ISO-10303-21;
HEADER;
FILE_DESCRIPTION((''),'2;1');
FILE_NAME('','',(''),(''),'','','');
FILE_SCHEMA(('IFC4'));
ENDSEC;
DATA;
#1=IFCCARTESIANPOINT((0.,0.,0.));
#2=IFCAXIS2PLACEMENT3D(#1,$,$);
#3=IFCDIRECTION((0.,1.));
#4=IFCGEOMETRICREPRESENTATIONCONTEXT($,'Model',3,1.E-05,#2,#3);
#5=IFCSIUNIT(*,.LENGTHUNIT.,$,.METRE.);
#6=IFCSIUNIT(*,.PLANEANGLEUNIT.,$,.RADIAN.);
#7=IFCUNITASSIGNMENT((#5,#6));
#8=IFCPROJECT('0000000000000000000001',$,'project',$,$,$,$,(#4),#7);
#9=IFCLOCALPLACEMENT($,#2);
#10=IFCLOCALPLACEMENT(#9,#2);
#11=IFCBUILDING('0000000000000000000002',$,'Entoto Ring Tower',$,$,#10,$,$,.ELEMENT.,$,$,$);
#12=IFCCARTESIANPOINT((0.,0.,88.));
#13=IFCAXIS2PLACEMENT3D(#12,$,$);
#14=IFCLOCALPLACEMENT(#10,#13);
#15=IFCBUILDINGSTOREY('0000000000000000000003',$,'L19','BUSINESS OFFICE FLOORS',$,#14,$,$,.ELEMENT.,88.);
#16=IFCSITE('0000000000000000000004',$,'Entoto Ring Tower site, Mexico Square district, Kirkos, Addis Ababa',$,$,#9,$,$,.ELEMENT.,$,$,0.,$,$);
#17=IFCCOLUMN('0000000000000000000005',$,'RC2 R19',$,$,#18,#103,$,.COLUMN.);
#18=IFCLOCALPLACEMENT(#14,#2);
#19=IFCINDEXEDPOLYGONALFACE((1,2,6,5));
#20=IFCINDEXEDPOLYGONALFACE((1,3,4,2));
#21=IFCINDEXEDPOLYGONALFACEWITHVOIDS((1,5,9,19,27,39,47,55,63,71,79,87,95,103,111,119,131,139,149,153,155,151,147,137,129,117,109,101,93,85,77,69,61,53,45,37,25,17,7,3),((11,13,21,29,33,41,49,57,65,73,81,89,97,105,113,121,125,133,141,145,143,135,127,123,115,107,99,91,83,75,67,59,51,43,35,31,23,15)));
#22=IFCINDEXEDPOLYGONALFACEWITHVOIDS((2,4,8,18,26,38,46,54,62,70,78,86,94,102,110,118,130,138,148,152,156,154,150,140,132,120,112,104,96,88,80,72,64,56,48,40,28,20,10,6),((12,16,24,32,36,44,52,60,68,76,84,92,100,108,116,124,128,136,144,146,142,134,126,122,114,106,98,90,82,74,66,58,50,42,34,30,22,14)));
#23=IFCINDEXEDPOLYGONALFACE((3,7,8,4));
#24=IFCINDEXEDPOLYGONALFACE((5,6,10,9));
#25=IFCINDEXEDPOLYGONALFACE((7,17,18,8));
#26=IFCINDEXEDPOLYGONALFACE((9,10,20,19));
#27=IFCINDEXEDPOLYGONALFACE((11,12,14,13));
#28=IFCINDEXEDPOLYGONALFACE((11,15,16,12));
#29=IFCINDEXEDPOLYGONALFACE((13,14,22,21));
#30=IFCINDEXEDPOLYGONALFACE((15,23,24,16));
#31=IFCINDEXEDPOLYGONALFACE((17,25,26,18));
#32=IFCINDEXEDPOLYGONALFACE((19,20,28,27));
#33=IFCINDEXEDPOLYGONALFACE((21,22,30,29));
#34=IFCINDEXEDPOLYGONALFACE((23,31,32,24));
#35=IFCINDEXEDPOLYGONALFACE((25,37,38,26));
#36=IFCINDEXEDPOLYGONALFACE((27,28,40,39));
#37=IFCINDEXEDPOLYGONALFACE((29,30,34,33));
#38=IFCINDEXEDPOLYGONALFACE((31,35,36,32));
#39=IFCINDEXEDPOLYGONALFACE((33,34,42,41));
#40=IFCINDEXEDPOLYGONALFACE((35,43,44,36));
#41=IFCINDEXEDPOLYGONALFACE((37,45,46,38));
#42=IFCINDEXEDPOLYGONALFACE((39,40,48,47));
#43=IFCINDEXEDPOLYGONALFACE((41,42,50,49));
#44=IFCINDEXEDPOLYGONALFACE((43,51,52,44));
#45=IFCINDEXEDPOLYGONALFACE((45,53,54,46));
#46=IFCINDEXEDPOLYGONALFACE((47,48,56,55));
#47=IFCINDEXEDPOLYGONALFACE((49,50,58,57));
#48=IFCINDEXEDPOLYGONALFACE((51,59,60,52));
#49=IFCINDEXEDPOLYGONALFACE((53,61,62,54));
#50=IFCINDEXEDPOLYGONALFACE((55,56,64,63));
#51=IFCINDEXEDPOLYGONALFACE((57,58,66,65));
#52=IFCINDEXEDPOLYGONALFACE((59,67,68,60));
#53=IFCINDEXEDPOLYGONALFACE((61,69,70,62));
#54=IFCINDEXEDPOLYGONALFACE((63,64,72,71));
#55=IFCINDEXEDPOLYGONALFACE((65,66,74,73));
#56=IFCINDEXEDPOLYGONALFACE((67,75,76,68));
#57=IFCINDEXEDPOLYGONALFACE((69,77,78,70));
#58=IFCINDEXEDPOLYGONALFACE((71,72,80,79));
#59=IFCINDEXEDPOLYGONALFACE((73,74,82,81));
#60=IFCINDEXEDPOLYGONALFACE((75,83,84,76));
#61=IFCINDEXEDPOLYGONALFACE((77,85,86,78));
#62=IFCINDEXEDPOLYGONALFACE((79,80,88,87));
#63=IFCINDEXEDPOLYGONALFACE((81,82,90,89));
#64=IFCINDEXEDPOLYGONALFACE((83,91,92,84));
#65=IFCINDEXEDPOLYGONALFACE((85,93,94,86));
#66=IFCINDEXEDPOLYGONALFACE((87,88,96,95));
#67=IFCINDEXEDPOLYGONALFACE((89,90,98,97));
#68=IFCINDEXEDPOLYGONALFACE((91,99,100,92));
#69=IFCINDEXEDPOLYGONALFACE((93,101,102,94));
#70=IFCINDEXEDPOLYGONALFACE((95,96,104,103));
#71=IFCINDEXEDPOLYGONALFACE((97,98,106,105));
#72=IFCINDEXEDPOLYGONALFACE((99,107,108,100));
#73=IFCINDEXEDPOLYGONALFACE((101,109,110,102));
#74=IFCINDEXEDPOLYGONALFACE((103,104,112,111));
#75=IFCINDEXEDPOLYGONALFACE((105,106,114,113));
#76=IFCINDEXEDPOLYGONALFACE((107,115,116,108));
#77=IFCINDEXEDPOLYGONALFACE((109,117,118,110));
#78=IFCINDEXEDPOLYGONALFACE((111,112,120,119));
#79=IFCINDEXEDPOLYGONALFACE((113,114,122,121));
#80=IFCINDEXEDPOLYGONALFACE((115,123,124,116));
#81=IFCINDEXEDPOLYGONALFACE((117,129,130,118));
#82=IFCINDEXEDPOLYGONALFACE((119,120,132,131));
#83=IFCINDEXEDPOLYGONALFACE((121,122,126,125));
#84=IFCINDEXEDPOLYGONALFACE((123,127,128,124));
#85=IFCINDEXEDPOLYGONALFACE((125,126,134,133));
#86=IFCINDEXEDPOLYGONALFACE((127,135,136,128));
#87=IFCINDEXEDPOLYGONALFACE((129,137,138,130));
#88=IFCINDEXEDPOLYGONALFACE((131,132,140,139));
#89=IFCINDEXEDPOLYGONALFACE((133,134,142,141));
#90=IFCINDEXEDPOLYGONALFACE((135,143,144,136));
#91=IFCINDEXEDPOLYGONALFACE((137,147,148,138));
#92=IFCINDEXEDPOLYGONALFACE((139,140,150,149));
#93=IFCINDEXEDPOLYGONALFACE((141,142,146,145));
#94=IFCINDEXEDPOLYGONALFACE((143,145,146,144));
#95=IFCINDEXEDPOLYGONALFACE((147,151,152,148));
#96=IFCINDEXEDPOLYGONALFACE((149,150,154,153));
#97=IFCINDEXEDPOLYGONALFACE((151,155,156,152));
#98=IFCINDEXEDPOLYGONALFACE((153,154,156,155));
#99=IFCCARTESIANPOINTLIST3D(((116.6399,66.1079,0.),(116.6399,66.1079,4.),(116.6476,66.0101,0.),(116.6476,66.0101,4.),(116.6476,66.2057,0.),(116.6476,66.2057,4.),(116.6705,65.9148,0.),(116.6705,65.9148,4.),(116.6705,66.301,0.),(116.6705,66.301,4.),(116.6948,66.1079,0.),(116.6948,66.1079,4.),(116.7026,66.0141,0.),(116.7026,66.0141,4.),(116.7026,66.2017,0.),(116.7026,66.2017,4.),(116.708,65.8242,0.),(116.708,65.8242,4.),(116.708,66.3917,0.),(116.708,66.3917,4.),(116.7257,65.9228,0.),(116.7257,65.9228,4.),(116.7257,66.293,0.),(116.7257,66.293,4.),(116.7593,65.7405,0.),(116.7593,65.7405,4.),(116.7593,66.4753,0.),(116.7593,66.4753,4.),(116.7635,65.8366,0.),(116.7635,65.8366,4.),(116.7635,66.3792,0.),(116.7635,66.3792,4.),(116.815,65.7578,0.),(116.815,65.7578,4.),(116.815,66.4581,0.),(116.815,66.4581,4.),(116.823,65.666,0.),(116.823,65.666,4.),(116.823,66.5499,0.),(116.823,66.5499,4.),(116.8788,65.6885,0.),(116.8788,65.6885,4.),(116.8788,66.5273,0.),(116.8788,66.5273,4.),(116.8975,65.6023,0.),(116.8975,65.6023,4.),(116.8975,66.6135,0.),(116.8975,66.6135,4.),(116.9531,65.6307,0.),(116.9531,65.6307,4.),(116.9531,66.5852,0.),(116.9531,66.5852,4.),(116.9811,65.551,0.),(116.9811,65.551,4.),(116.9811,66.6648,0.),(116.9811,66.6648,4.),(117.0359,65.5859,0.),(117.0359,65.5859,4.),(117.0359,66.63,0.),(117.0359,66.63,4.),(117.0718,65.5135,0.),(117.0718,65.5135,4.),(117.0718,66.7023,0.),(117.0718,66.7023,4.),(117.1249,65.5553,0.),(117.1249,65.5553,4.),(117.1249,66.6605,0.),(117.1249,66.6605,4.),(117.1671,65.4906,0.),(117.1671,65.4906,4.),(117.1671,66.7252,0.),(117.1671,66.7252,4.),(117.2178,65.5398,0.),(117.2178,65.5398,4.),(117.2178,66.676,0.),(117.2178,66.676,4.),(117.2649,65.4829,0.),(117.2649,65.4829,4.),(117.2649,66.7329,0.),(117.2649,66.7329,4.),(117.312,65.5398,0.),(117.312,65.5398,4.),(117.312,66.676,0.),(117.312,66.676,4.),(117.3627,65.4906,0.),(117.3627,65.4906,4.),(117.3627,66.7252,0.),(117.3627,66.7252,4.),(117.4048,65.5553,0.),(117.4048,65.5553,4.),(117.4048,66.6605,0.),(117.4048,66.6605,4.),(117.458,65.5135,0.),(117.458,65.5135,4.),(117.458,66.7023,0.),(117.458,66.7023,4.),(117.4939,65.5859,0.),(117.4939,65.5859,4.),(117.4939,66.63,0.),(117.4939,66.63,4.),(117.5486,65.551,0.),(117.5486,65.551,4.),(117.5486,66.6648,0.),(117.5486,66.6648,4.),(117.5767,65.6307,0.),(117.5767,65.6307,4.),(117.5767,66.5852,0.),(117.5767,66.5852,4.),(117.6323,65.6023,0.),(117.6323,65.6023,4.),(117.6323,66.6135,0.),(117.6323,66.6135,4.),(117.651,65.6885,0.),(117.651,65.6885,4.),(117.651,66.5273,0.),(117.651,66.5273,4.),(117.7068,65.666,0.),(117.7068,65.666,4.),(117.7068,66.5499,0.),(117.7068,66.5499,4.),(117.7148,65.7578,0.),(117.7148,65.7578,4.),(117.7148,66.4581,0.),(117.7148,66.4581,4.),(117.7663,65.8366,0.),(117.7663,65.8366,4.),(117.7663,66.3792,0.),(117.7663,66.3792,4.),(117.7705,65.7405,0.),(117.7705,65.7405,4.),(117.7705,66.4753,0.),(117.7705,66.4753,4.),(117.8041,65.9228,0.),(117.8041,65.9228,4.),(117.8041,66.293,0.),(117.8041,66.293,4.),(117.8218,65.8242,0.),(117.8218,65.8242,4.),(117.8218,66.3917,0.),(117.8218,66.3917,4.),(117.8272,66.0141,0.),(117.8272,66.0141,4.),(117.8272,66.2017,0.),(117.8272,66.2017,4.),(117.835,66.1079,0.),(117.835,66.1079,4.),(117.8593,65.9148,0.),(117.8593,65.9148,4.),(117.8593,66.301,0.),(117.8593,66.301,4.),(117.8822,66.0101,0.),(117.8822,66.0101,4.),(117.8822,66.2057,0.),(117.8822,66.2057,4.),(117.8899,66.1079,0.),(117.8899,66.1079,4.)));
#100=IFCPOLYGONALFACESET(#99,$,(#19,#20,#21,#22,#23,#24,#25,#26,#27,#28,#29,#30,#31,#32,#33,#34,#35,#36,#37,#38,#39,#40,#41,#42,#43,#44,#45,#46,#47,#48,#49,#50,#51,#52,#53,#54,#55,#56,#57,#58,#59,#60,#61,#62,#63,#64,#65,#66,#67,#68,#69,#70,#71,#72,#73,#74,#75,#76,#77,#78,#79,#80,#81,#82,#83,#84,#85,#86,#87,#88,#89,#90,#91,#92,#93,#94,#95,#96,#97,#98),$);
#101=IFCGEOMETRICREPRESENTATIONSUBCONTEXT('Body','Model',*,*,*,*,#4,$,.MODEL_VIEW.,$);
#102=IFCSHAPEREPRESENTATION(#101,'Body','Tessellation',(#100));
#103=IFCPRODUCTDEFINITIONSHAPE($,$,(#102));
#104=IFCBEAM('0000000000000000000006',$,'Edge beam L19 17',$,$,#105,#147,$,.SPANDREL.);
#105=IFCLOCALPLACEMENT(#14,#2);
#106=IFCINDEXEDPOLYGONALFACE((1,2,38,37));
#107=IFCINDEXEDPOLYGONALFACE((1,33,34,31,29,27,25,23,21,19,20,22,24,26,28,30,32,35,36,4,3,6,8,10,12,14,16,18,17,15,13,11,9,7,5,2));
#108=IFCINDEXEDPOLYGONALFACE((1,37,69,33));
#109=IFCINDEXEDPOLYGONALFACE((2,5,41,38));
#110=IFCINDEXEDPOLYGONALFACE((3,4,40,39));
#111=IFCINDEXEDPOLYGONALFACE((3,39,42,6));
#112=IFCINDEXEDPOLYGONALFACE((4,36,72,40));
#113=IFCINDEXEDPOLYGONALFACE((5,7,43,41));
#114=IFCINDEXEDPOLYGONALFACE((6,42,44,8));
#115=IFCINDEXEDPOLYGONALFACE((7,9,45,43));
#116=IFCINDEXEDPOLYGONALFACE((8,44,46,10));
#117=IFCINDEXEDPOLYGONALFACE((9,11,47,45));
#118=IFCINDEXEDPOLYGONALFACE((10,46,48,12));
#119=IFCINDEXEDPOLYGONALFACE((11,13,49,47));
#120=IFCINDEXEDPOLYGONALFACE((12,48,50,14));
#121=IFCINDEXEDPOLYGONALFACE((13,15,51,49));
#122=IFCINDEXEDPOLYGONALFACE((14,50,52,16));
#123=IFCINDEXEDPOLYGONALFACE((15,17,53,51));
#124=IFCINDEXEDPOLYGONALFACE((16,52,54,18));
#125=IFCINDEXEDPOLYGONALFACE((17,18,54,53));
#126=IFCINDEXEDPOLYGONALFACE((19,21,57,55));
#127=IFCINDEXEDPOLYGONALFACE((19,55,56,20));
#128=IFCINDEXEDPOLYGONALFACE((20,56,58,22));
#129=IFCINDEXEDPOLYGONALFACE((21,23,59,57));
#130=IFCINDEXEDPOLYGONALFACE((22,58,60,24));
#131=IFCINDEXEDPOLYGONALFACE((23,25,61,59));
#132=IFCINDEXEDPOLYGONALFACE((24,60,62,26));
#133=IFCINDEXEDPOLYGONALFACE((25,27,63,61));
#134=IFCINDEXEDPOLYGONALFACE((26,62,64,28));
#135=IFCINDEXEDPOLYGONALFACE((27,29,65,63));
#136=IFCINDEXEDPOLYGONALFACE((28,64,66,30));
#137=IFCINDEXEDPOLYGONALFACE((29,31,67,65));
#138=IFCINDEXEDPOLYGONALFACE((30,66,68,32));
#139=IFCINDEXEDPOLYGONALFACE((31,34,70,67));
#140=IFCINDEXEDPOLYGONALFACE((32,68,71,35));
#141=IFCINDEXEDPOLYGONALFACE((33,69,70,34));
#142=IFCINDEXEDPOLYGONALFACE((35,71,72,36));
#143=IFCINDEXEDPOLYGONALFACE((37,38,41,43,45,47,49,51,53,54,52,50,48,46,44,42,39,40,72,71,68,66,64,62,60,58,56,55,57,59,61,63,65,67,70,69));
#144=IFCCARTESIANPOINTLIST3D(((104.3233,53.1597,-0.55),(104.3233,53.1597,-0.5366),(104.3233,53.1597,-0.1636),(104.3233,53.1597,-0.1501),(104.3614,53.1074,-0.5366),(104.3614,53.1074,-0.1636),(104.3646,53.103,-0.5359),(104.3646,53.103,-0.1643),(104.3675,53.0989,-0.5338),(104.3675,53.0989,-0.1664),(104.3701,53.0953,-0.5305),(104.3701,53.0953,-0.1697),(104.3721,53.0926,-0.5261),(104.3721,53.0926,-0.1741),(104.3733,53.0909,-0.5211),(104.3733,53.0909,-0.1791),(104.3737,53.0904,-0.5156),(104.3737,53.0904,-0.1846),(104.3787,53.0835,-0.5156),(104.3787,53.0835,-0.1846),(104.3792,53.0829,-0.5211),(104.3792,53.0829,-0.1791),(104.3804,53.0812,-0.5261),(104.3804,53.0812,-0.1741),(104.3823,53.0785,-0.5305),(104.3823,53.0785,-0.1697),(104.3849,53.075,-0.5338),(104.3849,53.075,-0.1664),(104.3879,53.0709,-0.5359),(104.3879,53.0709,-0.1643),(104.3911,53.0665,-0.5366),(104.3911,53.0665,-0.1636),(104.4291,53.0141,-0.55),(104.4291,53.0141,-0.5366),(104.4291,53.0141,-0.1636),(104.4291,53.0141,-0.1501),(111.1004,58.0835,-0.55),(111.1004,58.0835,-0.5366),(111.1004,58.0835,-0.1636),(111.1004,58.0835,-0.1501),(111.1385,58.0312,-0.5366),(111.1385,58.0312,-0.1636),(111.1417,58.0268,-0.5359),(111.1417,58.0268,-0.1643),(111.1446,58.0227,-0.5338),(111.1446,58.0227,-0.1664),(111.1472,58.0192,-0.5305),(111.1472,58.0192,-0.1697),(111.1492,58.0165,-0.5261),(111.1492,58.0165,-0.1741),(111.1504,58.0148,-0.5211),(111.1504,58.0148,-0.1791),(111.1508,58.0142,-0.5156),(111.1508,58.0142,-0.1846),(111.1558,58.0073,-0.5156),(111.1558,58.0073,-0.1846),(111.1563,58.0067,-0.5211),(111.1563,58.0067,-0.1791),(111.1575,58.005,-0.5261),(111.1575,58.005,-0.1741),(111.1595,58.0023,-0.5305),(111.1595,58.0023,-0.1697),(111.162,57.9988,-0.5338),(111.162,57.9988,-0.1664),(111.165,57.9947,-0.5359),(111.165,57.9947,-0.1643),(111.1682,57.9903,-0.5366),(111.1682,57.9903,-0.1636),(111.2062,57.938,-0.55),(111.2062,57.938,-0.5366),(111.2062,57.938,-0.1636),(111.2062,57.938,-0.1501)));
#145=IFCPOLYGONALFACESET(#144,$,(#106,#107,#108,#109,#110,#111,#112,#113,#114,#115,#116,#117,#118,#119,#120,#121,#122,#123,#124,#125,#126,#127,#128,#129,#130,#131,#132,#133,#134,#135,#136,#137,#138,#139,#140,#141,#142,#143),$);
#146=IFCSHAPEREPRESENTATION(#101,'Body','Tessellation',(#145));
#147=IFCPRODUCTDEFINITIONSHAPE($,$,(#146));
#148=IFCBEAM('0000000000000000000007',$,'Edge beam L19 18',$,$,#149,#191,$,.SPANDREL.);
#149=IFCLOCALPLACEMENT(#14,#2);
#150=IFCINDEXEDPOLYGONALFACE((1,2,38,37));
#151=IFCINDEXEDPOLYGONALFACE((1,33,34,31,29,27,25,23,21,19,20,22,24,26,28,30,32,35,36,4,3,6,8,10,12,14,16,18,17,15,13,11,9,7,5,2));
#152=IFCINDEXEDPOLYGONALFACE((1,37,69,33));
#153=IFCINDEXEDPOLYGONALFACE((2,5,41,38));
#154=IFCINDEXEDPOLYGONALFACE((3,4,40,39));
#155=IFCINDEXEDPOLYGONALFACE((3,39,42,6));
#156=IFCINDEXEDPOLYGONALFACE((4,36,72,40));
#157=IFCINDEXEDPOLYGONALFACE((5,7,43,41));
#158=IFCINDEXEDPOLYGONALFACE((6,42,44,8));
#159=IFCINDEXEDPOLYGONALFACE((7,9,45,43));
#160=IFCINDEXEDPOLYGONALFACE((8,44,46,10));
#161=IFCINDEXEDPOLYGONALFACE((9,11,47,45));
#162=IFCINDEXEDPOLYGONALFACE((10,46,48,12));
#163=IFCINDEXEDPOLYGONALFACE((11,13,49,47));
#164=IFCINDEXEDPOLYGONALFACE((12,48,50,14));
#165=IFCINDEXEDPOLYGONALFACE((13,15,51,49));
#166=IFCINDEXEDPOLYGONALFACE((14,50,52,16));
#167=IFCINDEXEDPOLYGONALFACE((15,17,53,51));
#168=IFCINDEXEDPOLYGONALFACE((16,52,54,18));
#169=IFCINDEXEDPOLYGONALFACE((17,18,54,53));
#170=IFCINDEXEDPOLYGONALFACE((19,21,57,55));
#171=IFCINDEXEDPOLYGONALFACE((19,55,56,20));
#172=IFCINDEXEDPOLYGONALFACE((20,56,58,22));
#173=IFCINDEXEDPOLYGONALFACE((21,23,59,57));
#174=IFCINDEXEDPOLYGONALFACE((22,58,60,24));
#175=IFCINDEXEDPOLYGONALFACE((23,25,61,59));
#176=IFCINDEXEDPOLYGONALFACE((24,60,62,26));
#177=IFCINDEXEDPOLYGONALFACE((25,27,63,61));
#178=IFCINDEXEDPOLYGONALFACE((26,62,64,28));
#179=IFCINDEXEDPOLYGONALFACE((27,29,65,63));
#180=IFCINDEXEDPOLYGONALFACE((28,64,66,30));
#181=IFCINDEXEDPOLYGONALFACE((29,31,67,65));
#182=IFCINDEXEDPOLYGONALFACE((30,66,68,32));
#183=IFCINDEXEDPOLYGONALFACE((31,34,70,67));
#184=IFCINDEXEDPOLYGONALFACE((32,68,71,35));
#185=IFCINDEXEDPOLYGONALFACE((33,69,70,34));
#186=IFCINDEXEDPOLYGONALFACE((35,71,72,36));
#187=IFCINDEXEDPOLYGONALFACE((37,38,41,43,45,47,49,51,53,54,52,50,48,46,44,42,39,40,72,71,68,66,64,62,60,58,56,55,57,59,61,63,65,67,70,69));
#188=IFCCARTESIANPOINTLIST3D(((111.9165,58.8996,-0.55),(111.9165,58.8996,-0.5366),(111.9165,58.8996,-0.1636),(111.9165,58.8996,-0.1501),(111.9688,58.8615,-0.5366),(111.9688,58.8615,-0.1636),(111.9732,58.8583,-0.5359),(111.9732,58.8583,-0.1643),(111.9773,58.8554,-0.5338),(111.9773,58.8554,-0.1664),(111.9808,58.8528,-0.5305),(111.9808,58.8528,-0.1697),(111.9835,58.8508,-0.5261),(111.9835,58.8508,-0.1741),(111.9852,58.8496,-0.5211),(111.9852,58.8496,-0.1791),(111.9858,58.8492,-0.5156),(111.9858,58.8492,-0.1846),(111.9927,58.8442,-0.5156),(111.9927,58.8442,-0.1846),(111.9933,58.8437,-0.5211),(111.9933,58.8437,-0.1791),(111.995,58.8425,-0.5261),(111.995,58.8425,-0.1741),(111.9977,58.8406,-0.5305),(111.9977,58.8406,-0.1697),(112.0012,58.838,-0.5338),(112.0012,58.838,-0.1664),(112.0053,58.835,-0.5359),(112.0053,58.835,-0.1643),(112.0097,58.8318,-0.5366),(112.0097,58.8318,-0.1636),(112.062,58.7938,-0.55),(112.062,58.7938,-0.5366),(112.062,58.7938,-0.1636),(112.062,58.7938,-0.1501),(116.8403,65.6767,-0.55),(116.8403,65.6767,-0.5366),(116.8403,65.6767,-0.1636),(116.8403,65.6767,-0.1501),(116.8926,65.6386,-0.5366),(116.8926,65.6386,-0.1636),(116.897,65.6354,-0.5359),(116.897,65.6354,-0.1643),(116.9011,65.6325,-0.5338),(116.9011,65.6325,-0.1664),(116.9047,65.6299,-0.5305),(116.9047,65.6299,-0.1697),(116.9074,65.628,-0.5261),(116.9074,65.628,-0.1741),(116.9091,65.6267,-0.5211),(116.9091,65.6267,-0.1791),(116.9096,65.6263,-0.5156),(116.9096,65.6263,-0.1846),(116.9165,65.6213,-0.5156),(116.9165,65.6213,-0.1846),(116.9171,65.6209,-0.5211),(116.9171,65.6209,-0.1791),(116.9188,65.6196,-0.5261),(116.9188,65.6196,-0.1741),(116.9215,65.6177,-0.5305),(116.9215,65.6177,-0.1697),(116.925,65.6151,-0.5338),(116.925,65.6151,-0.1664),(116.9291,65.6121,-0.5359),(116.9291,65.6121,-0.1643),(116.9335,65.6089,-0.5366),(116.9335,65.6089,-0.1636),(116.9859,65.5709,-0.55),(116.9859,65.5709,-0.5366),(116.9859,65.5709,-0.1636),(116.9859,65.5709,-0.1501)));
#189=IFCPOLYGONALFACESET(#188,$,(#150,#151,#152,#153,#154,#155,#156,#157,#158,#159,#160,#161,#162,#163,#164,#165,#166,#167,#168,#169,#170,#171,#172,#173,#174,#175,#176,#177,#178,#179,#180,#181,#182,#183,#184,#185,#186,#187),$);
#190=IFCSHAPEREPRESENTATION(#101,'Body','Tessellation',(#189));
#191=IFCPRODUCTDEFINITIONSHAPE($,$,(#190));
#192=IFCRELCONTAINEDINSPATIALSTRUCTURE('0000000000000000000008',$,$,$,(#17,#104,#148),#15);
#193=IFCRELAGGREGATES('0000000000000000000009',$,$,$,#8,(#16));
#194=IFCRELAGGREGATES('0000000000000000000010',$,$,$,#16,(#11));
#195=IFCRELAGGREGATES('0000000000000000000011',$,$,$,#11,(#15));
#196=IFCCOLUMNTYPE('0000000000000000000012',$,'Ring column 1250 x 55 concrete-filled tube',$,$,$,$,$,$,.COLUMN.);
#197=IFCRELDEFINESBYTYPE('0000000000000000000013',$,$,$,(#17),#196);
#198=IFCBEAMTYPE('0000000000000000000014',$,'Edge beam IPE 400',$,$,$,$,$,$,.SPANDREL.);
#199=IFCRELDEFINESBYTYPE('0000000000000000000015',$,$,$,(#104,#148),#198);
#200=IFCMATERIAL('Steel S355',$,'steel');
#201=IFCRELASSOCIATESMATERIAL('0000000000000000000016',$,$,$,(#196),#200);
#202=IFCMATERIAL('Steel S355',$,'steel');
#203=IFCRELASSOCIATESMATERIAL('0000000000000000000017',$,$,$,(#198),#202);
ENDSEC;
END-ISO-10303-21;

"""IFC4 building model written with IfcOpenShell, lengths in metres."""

from ifc_helpers import new_model, si_unit, direction, frame, origin, origin_2d, place, context, subcontext, project, spatial, circle, hollow_circle, i_section, extrude, material, material_profile, profile_set, type_object, element, save


model = new_model("IFC4")

# Units and contexts
model_context = context("Model", 3, precision=1e-05, world=origin(), true_north=direction((0.0, 1.0)))
body_context = subcontext(model_context, "Body", "Model", "MODEL_VIEW")
ifc_project = project(units=[si_unit("LENGTHUNIT", "METRE"), si_unit("PLANEANGLEUNIT", "RADIAN")], contexts=[model_context])

# Site, building, storey
site_placement = place(None, origin())
site = spatial("IfcSite", under=ifc_project, at=site_placement, Name="Entoto Ring Tower site, Mexico Square district, Kirkos, Addis Ababa", CompositionType="ELEMENT", RefElevation=0.0)
building_placement = place(site_placement, origin())
building = spatial("IfcBuilding", under=site, at=building_placement, Name="Entoto Ring Tower", CompositionType="ELEMENT")
storey_placement = place(building_placement, frame((0.0, 0.0, 88.0)))
storey = spatial("IfcBuildingStorey", under=building, at=storey_placement, Name="L19", Description="BUSINESS OFFICE FLOORS", CompositionType="ELEMENT", Elevation=88.0)

# Column
ifc_material_1 = material(Name="Steel S355", Category="steel")
ifc_material_profile_1 = material_profile(ifc_material_1, hollow_circle(Radius=0.625, WallThickness=0.0549, at=origin_2d()), Name="CHS 1250 x 55")
ifc_material_2 = material(Name="Concrete C60/75", Category="concrete")
ifc_material_profile_2 = material_profile(ifc_material_2, circle(Radius=0.5701, at=origin_2d()), Name="Concrete C60/75 infill")
ifc_profile_set_1 = profile_set([ifc_material_profile_1, ifc_material_profile_2], Name="Steel S355")
column_type = type_object("IfcColumnType", Name="Ring column 1250 x 55 concrete-filled tube", PredefinedType="COLUMN", material=ifc_profile_set_1)
for number, where, z_axis, x_axis, name in (
    (1, (117.2649, 66.1079, 0.0), (0.0, 0.0, 1.0), (1.0, 0.0, 0.0), "RC2 R19"),
):
    element("IfcColumn", number, at=place(storey_placement, frame(where, z_axis=z_axis, x_axis=x_axis)), inside=storey, type_object=column_type, Name=name, PredefinedType="COLUMN", context=body_context, shape_type="SweptSolid", body=[
        extrude(hollow_circle(Radius=0.625, WallThickness=0.0549, at=origin_2d()), origin(), (0.0, 0.0, 1.0), 4.0),
    ])

# Beams
ifc_material_3 = material(Name="Steel S355", Category="steel")
ifc_material_profile_3 = material_profile(ifc_material_3, i_section(OverallWidth=0.1799, OverallDepth=0.3999, WebThickness=0.0085, FlangeThickness=0.0134, FilletRadius=0.021, at=origin_2d()), Name="IPE 400")
ifc_profile_set_2 = profile_set([ifc_material_profile_3], Name="Steel S355")
beam_type_1 = type_object("IfcBeamType", Name="Edge beam IPE 400", PredefinedType="SPANDREL", material=ifc_profile_set_2)
for number, where, z_axis, x_axis, name in (
    (2, (104.3762, 53.0869, -0.3501), (0.809018, 0.587783, 0.0), (-0.587783, 0.809018, 0.0), "Edge beam L19 17"),
    (3, (111.9893, 58.8467, -0.3501), (0.587783, 0.809018, 0.0), (-0.809018, 0.587783, 0.0), "Edge beam L19 18"),
):
    element("IfcBeam", number, at=place(storey_placement, frame(where, z_axis=z_axis, x_axis=x_axis)), inside=storey, type_object=beam_type_1, Name=name, PredefinedType="SPANDREL", context=body_context, shape_type="SweptSolid", body=[
        extrude(i_section(OverallWidth=0.1799, OverallDepth=0.3999, WebThickness=0.0085, FlangeThickness=0.0134, FilletRadius=0.021, at=origin_2d()), origin(), (0.0, 0.0, 1.0), 8.377),
    ])

save(model, "model.ifc")
